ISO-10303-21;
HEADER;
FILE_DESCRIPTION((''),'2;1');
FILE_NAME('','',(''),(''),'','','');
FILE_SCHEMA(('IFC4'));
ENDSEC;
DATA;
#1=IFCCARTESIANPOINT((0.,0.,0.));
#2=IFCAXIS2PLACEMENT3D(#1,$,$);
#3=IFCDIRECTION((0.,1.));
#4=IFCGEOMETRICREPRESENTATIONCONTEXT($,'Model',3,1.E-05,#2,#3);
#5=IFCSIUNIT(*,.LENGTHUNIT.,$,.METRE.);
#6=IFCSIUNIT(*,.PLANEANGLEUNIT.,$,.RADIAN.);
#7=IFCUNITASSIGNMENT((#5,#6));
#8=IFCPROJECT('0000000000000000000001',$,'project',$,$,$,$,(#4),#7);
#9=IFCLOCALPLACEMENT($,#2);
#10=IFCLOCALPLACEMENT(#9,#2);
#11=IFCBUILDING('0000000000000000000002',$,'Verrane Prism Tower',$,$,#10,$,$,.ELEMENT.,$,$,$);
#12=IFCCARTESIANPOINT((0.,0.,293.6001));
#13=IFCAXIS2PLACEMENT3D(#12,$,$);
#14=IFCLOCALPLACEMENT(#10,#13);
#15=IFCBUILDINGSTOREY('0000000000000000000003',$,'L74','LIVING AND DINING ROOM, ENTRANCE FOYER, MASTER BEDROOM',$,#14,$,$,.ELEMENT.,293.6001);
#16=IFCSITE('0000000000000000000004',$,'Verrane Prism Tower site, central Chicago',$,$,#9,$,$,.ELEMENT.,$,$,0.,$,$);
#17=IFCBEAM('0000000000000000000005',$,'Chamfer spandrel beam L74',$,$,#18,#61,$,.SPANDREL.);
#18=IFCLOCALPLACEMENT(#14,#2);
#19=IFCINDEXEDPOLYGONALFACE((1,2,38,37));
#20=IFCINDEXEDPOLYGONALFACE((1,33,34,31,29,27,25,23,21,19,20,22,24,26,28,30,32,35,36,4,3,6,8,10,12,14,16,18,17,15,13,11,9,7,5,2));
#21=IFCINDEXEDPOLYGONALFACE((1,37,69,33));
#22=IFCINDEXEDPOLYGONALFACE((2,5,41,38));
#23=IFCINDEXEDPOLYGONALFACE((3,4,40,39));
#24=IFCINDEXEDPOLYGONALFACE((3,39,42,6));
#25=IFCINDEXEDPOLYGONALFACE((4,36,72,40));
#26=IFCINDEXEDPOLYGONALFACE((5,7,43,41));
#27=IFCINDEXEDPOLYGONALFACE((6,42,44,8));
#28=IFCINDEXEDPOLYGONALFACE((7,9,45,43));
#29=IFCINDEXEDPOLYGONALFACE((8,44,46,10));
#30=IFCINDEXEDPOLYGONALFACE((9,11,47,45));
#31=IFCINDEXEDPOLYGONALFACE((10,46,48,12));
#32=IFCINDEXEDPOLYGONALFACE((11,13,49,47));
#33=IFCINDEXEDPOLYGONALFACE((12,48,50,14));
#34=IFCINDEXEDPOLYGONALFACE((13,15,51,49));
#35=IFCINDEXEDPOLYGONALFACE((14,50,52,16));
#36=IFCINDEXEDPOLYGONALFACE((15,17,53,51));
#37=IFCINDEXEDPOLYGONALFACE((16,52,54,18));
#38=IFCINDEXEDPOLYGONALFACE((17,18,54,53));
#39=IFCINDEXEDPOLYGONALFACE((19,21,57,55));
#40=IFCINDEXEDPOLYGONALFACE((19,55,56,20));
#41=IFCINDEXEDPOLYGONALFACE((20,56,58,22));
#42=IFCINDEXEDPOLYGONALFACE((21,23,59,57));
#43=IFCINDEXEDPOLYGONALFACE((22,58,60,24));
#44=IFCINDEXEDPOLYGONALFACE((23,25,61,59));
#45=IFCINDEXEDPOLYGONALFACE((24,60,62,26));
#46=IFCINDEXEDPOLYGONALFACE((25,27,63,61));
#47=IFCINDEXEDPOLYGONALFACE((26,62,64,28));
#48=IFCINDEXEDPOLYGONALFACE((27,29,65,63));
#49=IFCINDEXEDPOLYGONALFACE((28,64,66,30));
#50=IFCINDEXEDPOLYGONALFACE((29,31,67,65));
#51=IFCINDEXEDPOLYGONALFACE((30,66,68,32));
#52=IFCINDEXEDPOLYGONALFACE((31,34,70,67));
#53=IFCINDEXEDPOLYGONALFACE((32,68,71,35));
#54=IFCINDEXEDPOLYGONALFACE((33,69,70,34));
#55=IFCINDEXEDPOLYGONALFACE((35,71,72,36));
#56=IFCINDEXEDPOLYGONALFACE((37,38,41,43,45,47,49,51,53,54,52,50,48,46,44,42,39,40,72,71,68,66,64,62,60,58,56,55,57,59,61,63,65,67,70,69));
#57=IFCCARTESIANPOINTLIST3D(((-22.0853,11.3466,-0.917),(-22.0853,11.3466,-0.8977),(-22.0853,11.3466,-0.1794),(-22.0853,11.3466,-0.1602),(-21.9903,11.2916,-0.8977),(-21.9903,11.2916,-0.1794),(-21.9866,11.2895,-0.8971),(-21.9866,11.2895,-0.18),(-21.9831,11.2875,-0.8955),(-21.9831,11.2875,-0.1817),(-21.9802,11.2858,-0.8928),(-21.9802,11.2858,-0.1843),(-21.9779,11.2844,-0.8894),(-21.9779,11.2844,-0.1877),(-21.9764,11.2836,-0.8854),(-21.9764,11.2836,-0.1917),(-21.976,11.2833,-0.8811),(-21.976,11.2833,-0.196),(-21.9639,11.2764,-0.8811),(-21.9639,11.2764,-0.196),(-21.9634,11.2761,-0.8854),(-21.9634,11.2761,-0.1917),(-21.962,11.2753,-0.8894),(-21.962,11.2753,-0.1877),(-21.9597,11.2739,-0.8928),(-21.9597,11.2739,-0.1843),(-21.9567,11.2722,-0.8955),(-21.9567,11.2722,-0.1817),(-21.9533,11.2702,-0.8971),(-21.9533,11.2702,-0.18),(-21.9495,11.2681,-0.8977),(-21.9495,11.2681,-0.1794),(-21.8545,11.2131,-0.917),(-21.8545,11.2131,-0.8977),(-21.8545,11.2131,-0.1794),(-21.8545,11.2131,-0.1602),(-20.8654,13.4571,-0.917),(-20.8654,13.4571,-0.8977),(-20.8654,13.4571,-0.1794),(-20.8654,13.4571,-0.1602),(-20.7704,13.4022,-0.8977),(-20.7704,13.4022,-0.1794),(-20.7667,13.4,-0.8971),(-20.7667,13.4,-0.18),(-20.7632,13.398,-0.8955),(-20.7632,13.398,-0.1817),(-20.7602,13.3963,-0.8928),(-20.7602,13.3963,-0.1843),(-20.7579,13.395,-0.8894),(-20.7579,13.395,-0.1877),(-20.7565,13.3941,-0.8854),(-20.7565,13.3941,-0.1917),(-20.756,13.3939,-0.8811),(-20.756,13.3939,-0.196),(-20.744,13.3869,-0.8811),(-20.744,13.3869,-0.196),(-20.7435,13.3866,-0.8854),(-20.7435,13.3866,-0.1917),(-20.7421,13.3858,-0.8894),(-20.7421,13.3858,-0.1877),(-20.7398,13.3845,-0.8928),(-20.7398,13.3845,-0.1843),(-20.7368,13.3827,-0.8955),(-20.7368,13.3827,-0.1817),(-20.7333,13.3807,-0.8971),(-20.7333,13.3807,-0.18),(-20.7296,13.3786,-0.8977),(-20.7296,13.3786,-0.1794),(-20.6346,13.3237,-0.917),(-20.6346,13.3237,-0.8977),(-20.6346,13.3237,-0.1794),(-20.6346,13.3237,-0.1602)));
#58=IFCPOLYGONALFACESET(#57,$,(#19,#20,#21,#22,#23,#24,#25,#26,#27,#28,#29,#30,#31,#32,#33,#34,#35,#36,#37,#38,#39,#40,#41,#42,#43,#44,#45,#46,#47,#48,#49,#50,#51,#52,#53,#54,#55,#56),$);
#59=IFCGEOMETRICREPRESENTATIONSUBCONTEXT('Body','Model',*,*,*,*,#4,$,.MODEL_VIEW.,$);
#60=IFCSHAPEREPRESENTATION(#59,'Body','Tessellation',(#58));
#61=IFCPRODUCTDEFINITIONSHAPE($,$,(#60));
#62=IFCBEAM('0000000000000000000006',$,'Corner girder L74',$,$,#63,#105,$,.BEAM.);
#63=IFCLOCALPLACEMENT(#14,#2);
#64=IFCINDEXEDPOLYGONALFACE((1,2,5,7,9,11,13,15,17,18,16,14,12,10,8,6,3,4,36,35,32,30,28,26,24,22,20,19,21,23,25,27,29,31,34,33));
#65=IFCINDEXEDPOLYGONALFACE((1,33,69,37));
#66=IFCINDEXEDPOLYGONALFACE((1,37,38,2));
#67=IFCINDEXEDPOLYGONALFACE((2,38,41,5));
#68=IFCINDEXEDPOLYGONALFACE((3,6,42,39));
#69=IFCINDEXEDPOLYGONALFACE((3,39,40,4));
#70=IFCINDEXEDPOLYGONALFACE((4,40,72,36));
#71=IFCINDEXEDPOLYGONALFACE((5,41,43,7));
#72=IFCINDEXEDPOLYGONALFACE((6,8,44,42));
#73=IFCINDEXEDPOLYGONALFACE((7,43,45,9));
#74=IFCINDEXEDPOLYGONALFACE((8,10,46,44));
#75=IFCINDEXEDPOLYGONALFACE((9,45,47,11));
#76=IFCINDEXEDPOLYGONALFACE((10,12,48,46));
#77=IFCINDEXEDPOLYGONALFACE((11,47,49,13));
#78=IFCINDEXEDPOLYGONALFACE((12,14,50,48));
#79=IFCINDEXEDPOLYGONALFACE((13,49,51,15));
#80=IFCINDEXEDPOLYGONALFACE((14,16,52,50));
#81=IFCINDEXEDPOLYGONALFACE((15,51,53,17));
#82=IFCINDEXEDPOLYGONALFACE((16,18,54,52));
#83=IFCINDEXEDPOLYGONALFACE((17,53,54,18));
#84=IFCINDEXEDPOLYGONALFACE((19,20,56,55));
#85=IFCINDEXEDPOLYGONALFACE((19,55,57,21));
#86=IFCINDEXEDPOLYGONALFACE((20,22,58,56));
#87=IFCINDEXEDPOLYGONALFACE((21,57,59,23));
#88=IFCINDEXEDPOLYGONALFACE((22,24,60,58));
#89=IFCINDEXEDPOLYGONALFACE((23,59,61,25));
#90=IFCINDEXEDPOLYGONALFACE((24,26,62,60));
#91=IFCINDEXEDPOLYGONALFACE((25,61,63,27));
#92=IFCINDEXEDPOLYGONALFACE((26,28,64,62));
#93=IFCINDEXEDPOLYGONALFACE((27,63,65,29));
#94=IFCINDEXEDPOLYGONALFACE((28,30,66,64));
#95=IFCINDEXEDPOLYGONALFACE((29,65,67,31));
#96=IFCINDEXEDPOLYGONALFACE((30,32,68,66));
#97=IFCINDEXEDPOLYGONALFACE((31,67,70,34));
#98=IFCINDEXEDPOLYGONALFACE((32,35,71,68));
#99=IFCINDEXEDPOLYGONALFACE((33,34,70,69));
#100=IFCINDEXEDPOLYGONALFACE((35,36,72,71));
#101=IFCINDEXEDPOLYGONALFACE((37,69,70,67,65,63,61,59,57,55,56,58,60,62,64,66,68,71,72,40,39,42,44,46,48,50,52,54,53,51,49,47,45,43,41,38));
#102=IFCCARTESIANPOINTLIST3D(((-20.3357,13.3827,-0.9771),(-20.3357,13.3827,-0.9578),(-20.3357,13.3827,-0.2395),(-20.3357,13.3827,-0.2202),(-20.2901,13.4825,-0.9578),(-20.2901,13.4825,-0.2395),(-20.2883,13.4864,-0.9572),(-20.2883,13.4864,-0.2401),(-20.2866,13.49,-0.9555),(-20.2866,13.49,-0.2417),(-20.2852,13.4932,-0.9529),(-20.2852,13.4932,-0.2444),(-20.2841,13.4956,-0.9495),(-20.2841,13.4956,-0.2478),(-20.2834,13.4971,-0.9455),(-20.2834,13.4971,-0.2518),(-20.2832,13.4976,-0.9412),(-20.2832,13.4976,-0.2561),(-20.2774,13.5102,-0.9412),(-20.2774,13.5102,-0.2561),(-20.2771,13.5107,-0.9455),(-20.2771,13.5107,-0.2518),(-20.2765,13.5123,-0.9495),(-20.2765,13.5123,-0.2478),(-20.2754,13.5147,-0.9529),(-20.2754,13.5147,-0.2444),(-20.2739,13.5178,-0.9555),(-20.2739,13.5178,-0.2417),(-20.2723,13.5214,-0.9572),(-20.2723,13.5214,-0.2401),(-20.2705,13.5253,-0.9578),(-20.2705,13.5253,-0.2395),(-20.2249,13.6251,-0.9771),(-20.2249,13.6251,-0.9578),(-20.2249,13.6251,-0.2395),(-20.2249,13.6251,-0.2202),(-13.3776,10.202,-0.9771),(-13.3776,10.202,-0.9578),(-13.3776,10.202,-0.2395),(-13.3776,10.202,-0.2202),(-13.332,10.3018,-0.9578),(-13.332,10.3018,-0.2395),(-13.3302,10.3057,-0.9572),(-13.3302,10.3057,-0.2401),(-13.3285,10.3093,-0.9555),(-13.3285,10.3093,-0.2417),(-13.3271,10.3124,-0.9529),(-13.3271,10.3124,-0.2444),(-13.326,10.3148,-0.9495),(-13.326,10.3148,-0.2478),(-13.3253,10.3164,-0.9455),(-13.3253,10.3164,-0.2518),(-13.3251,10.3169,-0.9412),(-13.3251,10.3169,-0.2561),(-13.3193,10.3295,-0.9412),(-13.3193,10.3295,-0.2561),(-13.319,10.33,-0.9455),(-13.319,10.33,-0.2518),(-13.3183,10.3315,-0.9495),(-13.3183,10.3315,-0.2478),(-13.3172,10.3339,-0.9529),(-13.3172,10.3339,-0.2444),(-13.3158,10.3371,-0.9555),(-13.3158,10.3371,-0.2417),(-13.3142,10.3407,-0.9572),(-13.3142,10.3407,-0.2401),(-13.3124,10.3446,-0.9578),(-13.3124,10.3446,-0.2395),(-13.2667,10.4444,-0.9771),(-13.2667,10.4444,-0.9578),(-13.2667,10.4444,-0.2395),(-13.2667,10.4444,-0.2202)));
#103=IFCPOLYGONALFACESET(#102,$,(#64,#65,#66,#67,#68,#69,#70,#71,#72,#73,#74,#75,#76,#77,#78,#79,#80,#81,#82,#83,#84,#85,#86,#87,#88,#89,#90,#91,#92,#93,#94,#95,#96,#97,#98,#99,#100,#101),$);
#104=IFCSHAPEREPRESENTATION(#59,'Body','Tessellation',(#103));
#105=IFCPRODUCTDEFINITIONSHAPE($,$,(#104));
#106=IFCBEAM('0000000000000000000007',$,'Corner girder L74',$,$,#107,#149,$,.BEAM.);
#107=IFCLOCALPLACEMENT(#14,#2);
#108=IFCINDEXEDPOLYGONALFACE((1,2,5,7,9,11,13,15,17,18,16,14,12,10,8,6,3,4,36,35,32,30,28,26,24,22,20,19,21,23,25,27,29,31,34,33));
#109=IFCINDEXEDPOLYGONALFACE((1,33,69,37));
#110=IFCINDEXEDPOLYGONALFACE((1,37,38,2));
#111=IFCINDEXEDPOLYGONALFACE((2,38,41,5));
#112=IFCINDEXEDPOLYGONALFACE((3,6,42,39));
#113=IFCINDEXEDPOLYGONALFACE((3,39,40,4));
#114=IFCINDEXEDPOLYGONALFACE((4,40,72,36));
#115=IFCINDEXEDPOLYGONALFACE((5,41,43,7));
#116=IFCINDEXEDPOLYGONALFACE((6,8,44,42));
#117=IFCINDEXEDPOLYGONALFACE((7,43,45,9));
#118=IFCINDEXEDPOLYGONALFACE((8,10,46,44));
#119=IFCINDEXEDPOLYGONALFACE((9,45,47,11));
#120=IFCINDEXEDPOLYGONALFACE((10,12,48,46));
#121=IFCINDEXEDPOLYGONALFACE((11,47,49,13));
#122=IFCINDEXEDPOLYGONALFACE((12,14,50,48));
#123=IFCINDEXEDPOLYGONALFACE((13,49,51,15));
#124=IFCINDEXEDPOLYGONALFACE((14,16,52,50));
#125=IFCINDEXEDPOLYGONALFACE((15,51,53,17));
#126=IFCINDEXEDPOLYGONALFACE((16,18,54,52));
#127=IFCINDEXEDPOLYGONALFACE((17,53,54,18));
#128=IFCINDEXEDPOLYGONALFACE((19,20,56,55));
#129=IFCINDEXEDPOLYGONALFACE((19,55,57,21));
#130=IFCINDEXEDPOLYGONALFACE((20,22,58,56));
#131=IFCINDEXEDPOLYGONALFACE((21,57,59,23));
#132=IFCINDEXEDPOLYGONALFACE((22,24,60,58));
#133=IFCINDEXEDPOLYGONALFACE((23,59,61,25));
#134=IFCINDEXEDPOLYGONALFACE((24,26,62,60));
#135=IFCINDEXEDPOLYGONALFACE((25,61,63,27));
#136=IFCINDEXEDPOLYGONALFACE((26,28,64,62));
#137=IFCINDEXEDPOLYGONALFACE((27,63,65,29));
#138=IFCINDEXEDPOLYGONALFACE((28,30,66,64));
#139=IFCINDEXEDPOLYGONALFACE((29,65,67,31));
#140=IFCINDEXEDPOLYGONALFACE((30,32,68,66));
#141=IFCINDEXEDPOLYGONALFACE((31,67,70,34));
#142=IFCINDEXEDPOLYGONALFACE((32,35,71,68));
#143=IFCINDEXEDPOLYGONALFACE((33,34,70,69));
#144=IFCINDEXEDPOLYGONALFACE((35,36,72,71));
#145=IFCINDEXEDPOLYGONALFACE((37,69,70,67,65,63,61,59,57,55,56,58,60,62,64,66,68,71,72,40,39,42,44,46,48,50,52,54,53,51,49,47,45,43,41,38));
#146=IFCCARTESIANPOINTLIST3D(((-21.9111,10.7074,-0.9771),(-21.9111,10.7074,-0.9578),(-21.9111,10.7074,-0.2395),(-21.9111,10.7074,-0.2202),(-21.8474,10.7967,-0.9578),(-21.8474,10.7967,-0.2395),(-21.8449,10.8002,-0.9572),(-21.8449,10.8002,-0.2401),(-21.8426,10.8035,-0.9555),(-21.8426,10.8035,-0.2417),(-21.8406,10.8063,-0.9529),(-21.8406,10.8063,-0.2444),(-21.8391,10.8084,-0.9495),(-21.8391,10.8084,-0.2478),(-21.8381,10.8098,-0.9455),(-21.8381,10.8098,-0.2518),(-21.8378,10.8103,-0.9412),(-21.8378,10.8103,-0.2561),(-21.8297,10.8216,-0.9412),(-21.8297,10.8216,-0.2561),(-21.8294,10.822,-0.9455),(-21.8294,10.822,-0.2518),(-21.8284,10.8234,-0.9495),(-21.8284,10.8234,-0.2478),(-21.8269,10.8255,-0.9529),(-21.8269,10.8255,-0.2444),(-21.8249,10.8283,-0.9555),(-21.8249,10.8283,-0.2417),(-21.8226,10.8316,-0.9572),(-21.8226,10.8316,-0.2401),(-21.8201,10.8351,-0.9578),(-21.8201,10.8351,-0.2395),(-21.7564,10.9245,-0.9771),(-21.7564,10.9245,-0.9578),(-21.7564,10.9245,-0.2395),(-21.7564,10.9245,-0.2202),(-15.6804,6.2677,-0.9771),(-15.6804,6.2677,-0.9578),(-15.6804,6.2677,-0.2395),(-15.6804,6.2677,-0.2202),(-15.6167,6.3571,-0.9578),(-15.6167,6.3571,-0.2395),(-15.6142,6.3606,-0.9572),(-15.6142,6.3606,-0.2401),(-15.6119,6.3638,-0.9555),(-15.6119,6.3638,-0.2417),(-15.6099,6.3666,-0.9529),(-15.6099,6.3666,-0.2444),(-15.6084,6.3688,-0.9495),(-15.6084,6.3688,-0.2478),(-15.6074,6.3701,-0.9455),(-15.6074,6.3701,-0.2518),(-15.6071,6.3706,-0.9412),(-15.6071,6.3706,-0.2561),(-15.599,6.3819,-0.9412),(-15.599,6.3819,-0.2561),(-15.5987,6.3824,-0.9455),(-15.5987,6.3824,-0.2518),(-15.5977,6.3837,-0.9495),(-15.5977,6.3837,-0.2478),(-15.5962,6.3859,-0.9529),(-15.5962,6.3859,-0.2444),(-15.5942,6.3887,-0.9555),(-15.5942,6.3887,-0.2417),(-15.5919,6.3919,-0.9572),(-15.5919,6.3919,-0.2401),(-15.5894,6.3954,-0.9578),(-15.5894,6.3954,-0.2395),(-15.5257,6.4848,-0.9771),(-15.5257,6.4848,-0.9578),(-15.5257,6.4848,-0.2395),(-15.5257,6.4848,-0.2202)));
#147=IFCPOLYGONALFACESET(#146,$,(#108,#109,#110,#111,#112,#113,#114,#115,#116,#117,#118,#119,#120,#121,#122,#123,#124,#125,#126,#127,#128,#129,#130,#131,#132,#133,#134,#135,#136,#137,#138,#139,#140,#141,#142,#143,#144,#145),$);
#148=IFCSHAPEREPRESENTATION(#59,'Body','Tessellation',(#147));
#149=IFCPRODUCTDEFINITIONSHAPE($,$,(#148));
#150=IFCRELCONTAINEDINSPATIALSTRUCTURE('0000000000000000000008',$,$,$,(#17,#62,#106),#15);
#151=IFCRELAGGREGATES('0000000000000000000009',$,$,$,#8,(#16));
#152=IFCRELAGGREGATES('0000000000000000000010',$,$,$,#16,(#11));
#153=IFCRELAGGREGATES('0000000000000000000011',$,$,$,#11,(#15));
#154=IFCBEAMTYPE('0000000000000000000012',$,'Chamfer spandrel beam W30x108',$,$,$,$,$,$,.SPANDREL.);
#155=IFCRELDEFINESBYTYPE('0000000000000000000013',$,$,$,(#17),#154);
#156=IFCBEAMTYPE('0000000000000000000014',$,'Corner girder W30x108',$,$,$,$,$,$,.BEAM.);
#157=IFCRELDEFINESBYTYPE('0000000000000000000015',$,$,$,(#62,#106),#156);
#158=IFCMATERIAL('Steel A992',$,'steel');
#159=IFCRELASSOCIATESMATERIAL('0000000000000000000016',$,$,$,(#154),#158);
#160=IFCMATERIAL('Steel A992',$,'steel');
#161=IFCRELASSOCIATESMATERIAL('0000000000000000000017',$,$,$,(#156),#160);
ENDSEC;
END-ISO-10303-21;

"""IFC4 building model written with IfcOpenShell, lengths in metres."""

from ifc_helpers import new_model, si_unit, direction, frame, origin, origin_2d, place, context, subcontext, project, spatial, i_section, extrude, material, material_profile, profile_set, type_object, element, save


model = new_model("IFC4")

# Units and contexts
model_context = context("Model", 3, precision=1e-05, world=origin(), true_north=direction((0.0, 1.0)))
body_context = subcontext(model_context, "Body", "Model", "MODEL_VIEW")
ifc_project = project(units=[si_unit("LENGTHUNIT", "METRE"), si_unit("PLANEANGLEUNIT", "RADIAN")], contexts=[model_context])

# Site, building, storey
site_placement = place(None, origin())
site = spatial("IfcSite", under=ifc_project, at=site_placement, Name="Verrane Prism Tower site, central Chicago", CompositionType="ELEMENT", RefElevation=0.0)
building_placement = place(site_placement, origin())
building = spatial("IfcBuilding", under=site, at=building_placement, Name="Verrane Prism Tower", CompositionType="ELEMENT")
storey_placement = place(building_placement, frame((0.0, 0.0, 293.6001)))
storey = spatial("IfcBuildingStorey", under=building, at=storey_placement, Name="L74", Description="LIVING AND DINING ROOM, ENTRANCE FOYER, MASTER BEDROOM", CompositionType="ELEMENT", Elevation=293.6001)

# Beams
ifc_material_1 = material(Name="Steel A992", Category="steel")
ifc_material_profile_1 = material_profile(ifc_material_1, i_section(OverallWidth=0.2666, OverallDepth=0.7568, WebThickness=0.0139, FlangeThickness=0.0193, FilletRadius=0.0166, at=origin_2d()), Name="W30x108")
ifc_profile_set_1 = profile_set([ifc_material_profile_1], Name="Steel A992")
beam_type_1 = type_object("IfcBeamType", Name="Chamfer spandrel beam W30x108", PredefinedType="SPANDREL", material=ifc_profile_set_1)
beam_1_placement = place(storey_placement, frame((-20.75, 13.3904, -0.5386), z_axis=(-0.500436, -0.865773, 0.0), x_axis=(0.865773, -0.500436, 0.0)))
element("IfcBeam", 1, at=beam_1_placement, inside=storey, type_object=beam_type_1, Name="Chamfer spandrel beam L74", PredefinedType="SPANDREL", context=body_context, shape_type="SweptSolid", body=[
    extrude(i_section(OverallWidth=0.2666, OverallDepth=0.7568, WebThickness=0.0139, FlangeThickness=0.0193, FilletRadius=0.0166, at=origin_2d()), origin(), (0.0, 0.0, 1.0), 2.4377),
])
ifc_material_2 = material(Name="Steel A992", Category="steel")
ifc_material_profile_2 = material_profile(ifc_material_2, i_section(OverallWidth=0.2666, OverallDepth=0.7568, WebThickness=0.0139, FlangeThickness=0.0193, FilletRadius=0.0166, at=origin_2d()), Name="W30x108")
ifc_profile_set_2 = profile_set([ifc_material_profile_2], Name="Steel A992")
beam_type_2 = type_object("IfcBeamType", Name="Corner girder W30x108", PredefinedType="BEAM", material=ifc_profile_set_2)
for number, where, z_axis, x_axis, name in (
    (2, (-20.2803, 13.5039, -0.5986), (0.909481, -0.415745, 0.0), (0.415745, 0.909481, 0.0), "Corner girder L74"),
    (3, (-21.8337, 10.8159, -0.5986), (0.814401, -0.580302, 0.0), (0.580302, 0.814401, 0.0), "Corner girder L74"),
):
    element("IfcBeam", number, at=place(storey_placement, frame(where, z_axis=z_axis, x_axis=x_axis)), inside=storey, type_object=beam_type_2, Name=name, PredefinedType="BEAM", context=body_context, shape_type="SweptSolid", body=[
        extrude(i_section(OverallWidth=0.2666, OverallDepth=0.7568, WebThickness=0.0139, FlangeThickness=0.0193, FilletRadius=0.0166, at=origin_2d()), origin(), (0.0, 0.0, 1.0), 7.6506),
    ])

save(model, "model.ifc")
